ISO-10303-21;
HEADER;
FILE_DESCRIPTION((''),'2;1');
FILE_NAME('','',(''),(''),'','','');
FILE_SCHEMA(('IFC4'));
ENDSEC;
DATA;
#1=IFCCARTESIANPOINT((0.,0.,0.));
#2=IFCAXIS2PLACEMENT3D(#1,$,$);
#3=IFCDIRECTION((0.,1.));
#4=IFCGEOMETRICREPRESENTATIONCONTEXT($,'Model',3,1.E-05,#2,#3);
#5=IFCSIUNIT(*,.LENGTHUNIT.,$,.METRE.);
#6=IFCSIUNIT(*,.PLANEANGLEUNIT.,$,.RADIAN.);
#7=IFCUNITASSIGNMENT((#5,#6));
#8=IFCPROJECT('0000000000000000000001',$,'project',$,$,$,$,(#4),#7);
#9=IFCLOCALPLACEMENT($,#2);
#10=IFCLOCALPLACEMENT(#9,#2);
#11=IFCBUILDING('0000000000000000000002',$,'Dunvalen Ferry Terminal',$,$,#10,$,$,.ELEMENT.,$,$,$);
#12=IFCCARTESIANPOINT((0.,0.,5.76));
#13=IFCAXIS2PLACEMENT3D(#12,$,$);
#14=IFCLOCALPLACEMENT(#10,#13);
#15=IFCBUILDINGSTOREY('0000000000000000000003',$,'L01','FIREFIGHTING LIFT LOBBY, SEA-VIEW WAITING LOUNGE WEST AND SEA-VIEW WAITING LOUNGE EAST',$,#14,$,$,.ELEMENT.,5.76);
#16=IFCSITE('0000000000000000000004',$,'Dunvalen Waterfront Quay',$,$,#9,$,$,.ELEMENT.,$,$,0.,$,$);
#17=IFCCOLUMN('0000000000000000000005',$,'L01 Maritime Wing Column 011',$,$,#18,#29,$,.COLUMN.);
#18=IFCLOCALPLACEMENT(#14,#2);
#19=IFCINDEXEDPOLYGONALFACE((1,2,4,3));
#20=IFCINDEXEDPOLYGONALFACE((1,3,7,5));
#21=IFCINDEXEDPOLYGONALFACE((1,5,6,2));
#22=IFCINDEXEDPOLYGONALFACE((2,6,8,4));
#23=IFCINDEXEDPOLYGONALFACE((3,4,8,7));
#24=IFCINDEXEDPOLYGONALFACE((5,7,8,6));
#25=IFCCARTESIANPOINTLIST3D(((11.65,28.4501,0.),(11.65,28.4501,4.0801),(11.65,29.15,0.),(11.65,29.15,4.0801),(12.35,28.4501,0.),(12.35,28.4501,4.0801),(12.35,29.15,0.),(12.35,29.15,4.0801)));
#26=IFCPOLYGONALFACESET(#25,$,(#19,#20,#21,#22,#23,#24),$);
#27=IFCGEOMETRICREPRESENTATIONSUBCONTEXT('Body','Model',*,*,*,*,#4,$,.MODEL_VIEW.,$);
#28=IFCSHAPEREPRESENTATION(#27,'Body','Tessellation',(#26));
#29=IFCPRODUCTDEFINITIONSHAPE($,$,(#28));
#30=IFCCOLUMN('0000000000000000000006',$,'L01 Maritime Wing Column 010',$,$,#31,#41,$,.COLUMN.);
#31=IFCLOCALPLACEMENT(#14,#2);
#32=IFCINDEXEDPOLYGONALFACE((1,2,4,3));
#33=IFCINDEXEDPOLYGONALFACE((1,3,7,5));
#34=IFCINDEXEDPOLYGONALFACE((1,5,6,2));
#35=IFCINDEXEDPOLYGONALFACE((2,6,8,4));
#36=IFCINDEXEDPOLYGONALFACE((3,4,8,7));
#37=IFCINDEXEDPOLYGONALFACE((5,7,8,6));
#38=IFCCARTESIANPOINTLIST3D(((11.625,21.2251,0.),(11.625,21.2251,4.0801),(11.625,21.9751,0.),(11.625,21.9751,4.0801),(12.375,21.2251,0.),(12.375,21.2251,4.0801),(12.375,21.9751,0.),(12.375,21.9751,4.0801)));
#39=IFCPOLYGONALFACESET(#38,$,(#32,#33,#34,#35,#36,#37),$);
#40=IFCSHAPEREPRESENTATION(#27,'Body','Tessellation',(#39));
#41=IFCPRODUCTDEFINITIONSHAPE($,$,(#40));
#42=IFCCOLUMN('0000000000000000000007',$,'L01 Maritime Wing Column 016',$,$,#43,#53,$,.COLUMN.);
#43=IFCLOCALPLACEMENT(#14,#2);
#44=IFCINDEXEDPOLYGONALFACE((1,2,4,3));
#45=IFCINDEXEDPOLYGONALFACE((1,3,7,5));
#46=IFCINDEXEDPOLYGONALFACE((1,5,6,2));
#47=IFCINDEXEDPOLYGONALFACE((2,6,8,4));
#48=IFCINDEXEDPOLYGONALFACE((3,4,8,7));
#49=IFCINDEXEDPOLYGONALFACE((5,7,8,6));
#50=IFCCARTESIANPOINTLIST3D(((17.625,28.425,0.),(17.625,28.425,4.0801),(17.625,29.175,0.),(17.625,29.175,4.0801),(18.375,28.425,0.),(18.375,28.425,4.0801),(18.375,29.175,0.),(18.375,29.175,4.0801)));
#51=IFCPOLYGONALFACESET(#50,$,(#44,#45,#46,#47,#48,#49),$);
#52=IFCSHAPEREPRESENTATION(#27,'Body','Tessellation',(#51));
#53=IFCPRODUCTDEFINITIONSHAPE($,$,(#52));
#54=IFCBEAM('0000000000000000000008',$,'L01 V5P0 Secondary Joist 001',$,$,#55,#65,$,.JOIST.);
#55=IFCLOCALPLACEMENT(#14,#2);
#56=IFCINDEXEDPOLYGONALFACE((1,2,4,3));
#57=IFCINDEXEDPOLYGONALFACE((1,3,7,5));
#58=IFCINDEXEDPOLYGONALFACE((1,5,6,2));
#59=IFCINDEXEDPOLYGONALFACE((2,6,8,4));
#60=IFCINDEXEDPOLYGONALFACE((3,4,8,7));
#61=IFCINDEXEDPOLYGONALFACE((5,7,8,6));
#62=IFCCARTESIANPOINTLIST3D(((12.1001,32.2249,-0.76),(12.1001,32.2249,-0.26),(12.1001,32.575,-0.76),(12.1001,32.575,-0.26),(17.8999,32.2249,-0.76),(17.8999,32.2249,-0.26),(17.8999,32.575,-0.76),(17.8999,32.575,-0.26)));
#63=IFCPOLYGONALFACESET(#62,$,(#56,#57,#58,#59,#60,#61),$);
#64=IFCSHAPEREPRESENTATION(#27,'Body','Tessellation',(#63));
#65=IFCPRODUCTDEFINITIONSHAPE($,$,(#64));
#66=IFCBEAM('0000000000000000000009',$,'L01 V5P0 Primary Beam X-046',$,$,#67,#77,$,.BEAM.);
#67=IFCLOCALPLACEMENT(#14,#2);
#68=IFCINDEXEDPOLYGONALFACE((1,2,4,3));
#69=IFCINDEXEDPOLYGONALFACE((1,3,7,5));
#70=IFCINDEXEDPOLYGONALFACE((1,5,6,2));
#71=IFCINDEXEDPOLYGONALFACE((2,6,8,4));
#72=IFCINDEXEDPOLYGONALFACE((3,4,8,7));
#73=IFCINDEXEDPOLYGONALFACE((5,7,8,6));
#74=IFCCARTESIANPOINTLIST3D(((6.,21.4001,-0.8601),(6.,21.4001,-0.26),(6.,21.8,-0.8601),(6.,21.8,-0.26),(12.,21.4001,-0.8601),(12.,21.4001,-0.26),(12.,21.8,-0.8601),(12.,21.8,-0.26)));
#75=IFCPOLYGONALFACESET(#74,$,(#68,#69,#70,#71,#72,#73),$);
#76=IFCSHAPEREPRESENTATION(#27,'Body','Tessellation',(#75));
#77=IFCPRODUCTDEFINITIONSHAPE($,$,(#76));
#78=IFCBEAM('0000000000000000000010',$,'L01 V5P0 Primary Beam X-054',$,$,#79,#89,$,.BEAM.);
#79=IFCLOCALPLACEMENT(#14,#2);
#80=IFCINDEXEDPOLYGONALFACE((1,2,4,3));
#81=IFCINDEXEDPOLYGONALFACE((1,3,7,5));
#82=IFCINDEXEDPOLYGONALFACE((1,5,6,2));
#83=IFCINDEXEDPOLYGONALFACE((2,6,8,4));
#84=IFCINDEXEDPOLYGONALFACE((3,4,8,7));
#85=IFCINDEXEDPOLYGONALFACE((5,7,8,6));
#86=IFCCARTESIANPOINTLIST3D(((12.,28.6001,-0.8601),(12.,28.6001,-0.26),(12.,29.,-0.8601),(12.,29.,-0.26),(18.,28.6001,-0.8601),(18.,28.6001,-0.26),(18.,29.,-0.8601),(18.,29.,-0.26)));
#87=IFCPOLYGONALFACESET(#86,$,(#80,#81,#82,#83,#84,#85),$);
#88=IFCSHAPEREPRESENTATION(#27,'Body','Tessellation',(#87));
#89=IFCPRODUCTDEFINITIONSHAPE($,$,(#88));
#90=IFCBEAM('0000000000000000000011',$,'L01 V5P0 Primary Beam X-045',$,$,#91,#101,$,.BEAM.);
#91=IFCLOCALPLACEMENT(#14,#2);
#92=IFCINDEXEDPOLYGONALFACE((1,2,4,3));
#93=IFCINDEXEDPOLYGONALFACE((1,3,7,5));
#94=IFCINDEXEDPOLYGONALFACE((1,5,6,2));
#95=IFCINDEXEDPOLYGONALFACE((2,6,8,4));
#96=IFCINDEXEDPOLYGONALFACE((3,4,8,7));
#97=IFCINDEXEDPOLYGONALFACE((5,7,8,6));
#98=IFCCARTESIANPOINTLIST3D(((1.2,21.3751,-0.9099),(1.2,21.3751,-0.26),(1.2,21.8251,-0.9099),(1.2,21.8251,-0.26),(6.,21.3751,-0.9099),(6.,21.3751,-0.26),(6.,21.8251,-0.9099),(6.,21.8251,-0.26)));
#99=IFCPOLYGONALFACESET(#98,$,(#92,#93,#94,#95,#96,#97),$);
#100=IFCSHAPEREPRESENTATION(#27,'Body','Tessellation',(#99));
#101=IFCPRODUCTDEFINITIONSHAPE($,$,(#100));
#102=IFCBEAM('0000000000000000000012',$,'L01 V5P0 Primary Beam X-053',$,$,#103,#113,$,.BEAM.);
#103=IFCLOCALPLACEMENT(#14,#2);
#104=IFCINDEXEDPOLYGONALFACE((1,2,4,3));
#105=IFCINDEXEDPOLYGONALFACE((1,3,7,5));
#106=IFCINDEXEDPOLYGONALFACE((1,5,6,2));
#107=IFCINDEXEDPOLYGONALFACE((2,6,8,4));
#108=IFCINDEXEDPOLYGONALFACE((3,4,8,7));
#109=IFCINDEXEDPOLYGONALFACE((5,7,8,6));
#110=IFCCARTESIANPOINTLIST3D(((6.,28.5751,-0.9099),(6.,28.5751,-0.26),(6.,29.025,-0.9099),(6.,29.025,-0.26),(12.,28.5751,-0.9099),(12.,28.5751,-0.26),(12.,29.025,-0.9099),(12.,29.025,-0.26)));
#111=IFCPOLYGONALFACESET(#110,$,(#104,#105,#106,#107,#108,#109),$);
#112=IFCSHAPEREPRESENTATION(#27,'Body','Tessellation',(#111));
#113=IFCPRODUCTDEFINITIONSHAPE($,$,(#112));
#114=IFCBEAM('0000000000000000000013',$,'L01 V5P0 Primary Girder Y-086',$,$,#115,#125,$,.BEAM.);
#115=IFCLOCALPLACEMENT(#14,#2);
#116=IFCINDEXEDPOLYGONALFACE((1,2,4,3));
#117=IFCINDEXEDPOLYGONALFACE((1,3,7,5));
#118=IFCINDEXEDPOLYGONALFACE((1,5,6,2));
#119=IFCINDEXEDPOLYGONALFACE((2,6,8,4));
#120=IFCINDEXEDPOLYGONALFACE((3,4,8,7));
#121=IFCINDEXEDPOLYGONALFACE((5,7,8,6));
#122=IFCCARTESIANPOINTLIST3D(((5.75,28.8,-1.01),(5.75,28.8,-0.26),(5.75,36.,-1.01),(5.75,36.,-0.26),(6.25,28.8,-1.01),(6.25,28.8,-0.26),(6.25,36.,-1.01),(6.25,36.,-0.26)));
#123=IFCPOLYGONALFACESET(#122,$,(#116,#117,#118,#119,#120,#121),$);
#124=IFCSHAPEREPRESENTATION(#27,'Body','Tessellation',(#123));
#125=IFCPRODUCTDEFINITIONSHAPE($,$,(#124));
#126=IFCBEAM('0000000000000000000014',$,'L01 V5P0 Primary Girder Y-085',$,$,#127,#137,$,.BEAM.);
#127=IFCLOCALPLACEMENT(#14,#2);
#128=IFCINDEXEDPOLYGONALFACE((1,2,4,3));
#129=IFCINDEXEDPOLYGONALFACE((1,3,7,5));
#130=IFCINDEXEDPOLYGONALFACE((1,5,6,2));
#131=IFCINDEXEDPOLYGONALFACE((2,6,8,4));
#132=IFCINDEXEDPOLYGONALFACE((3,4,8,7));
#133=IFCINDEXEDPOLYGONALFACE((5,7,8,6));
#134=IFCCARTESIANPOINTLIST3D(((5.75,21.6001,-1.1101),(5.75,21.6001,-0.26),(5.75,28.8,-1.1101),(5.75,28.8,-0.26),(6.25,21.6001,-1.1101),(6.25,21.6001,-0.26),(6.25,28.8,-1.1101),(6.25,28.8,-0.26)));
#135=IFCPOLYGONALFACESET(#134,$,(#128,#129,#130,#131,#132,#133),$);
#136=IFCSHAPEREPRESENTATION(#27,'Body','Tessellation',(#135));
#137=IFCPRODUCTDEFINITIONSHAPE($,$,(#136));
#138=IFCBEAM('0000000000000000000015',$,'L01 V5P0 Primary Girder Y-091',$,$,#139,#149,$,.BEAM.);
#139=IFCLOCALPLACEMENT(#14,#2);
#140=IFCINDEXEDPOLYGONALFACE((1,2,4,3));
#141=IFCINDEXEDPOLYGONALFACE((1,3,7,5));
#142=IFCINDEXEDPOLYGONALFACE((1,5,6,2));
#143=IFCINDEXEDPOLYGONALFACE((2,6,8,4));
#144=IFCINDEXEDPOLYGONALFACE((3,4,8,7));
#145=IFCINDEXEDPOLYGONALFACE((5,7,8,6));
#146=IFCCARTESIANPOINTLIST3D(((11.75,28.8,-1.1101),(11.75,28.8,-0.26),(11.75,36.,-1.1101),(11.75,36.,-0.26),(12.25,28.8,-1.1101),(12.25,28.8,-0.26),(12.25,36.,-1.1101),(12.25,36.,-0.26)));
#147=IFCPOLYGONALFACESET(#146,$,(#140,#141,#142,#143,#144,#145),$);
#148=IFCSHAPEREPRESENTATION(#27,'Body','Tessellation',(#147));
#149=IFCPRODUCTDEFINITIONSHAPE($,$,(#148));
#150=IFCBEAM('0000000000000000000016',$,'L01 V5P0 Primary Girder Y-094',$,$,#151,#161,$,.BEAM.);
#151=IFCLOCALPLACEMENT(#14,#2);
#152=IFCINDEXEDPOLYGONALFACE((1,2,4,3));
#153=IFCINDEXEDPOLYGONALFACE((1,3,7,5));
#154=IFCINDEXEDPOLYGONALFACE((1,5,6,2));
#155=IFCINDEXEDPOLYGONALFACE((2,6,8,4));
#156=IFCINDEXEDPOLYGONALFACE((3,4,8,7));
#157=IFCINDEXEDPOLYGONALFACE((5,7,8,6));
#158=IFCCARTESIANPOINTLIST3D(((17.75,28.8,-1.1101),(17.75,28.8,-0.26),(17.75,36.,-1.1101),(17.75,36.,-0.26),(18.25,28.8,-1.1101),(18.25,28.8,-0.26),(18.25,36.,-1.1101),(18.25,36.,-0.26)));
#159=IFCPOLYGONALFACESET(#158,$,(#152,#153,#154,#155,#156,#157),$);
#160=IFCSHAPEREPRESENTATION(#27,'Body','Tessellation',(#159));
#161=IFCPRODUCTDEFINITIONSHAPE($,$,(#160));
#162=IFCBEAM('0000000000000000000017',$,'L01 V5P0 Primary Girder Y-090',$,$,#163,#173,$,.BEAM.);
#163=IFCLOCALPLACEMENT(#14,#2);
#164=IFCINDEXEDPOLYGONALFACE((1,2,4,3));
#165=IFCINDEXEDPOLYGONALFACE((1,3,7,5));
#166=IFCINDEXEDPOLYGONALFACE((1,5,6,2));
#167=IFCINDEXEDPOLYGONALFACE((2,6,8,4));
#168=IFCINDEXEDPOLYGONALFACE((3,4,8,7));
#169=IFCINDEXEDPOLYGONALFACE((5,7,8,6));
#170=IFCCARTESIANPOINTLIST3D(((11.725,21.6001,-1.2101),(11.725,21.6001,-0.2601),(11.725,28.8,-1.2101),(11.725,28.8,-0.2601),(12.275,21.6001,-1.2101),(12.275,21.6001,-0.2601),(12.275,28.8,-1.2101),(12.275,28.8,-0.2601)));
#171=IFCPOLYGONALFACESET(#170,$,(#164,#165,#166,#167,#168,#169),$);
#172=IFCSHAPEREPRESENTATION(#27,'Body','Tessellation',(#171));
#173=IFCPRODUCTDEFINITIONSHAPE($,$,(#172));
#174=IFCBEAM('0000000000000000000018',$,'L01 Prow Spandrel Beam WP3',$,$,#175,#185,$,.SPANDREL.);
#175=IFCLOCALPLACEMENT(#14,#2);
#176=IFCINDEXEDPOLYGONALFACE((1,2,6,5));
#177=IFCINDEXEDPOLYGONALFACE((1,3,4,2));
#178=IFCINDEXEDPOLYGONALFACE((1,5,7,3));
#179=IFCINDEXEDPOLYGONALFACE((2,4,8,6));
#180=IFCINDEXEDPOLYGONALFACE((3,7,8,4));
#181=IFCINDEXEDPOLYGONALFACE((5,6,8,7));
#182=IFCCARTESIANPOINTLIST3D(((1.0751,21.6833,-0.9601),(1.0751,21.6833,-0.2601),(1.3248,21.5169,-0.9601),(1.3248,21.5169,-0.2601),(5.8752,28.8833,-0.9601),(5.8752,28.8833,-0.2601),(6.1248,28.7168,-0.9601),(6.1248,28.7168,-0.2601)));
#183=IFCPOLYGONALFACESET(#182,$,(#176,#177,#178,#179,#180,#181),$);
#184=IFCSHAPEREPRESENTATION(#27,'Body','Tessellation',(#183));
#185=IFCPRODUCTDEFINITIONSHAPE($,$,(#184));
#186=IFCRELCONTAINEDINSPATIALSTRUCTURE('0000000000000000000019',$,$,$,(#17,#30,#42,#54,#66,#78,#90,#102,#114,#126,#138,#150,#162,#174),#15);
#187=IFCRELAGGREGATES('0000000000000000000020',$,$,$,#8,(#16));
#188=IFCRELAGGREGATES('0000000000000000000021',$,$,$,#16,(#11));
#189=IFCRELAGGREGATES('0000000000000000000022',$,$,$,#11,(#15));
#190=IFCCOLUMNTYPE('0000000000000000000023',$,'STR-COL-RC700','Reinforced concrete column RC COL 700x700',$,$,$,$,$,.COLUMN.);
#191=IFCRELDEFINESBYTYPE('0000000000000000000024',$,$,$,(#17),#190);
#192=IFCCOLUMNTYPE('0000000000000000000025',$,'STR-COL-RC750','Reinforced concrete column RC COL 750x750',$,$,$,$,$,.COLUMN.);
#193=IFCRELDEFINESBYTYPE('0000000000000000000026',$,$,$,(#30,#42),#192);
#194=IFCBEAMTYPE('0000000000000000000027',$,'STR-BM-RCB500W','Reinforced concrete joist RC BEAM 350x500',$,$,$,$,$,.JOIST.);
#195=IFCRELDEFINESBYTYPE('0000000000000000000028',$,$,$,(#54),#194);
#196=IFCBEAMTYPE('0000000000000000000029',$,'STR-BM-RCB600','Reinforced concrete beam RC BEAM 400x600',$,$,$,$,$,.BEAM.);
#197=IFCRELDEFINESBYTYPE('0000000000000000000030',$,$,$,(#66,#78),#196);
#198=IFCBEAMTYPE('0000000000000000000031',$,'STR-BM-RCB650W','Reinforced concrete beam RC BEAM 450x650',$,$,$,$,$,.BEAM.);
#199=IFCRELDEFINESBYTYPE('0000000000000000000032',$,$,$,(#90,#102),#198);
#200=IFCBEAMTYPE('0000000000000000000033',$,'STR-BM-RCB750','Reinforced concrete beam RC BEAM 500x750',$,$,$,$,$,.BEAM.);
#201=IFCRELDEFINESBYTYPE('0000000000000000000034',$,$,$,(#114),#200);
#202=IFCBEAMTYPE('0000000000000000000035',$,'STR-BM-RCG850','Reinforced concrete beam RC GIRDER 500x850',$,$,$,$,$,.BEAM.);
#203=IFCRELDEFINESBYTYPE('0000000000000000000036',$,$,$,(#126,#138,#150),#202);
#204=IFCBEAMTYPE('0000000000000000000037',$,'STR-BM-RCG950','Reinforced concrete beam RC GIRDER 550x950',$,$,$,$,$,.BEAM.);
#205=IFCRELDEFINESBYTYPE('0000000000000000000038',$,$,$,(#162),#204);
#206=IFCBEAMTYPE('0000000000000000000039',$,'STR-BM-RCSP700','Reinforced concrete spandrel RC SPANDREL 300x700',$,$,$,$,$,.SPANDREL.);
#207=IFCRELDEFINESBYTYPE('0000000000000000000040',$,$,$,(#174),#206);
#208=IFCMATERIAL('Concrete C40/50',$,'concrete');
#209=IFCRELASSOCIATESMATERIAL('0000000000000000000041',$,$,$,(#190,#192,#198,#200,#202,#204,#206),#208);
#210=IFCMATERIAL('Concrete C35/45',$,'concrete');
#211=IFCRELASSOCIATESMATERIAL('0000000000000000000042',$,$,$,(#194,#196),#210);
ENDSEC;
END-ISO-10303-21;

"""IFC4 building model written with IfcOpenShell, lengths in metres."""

from ifc_helpers import new_model, si_unit, direction, frame, origin, origin_2d, place, context, subcontext, project, spatial, rectangle, extrude, material, material_profile, profile_set, type_object, element, save


model = new_model("IFC4")

# Units and contexts
model_context = context("Model", 3, precision=1e-05, world=origin(), true_north=direction((0.0, 1.0)))
body_context = subcontext(model_context, "Body", "Model", "MODEL_VIEW")
ifc_project = project(units=[si_unit("LENGTHUNIT", "METRE"), si_unit("PLANEANGLEUNIT", "RADIAN")], contexts=[model_context])

# Site, building, storey
site_placement = place(None, origin())
site = spatial("IfcSite", under=ifc_project, at=site_placement, Name="Dunvalen Waterfront Quay", CompositionType="ELEMENT", RefElevation=0.0)
building_placement = place(site_placement, origin())
building = spatial("IfcBuilding", under=site, at=building_placement, Name="Dunvalen Ferry Terminal", CompositionType="ELEMENT")
storey_placement = place(building_placement, frame((0.0, 0.0, 5.76)))
storey = spatial("IfcBuildingStorey", under=building, at=storey_placement, Name="L01", Description="FIREFIGHTING LIFT LOBBY, SEA-VIEW WAITING LOUNGE WEST AND SEA-VIEW WAITING LOUNGE EAST", CompositionType="ELEMENT", Elevation=5.76)

# Columns
ifc_material_1 = material(Name="Concrete C40/50", Category="concrete")
ifc_material_profile_1 = material_profile(ifc_material_1, rectangle(XDim=0.7, YDim=0.7, at=origin_2d()), Name="Concrete C40/50")
ifc_profile_set_1 = profile_set([ifc_material_profile_1], Name="Concrete C40/50")
column_type_1 = type_object("IfcColumnType", Name="STR-COL-RC700", Description="Reinforced concrete column RC COL 700x700", PredefinedType="COLUMN", material=ifc_profile_set_1)
column_placement = place(storey_placement, frame((12.0, 28.8, 0.0), z_axis=(0.0, 0.0, 1.0), x_axis=(1.0, 0.0, 0.0)))
element("IfcColumn", 1, at=column_placement, inside=storey, type_object=column_type_1, Name="L01 Maritime Wing Column 011", PredefinedType="COLUMN", context=body_context, shape_type="SweptSolid", body=[
    extrude(rectangle(XDim=0.7, YDim=0.7, at=origin_2d()), origin(), (0.0, 0.0, 1.0), 4.0801),
])
ifc_material_profile_2 = material_profile(ifc_material_1, rectangle(XDim=0.75, YDim=0.75, at=origin_2d()), Name="Concrete C40/50")
ifc_profile_set_2 = profile_set([ifc_material_profile_2], Name="Concrete C40/50")
column_type_2 = type_object("IfcColumnType", Name="STR-COL-RC750", Description="Reinforced concrete column RC COL 750x750", PredefinedType="COLUMN", material=ifc_profile_set_2)
for number, where, z_axis, x_axis, name in (
    (2, (12.0, 21.6001, 0.0), (0.0, 0.0, 1.0), (1.0, 0.0, 0.0), "L01 Maritime Wing Column 010"),
    (3, (18.0, 28.8, 0.0), (0.0, 0.0, 1.0), (1.0, 0.0, 0.0), "L01 Maritime Wing Column 016"),
):
    element("IfcColumn", number, at=place(storey_placement, frame(where, z_axis=z_axis, x_axis=x_axis)), inside=storey, type_object=column_type_2, Name=name, PredefinedType="COLUMN", context=body_context, shape_type="SweptSolid", body=[
        extrude(rectangle(XDim=0.75, YDim=0.75, at=origin_2d()), origin(), (0.0, 0.0, 1.0), 4.0801),
    ])

# Beams
ifc_material_2 = material(Name="Concrete C35/45", Category="concrete")
ifc_material_profile_3 = material_profile(ifc_material_2, rectangle(XDim=0.3501, YDim=0.5, at=origin_2d()), Name="Concrete C35/45")
ifc_profile_set_3 = profile_set([ifc_material_profile_3], Name="Concrete C35/45")
beam_type_1 = type_object("IfcBeamType", Name="STR-BM-RCB500W", Description="Reinforced concrete joist RC BEAM 350x500", PredefinedType="JOIST", material=ifc_profile_set_3)
beam_1_placement = place(storey_placement, frame((12.1001, 32.3999, -0.51), z_axis=(1.0, 0.0, 0.0), x_axis=(0.0, 1.0, 0.0)))
element("IfcBeam", 4, at=beam_1_placement, inside=storey, type_object=beam_type_1, Name="L01 V5P0 Secondary Joist 001", PredefinedType="JOIST", context=body_context, shape_type="SweptSolid", body=[
    extrude(rectangle(XDim=0.3501, YDim=0.5, at=origin_2d()), origin(), (0.0, 0.0, 1.0), 5.7998),
])
ifc_material_profile_4 = material_profile(ifc_material_2, rectangle(XDim=0.3999, YDim=0.6001, at=origin_2d()), Name="Concrete C35/45")
ifc_profile_set_4 = profile_set([ifc_material_profile_4], Name="Concrete C35/45")
beam_type_2 = type_object("IfcBeamType", Name="STR-BM-RCB600", Description="Reinforced concrete beam RC BEAM 400x600", PredefinedType="BEAM", material=ifc_profile_set_4)
for number, where, z_axis, x_axis, name in (
    (5, (6.0, 21.6001, -0.5601), (1.0, 0.0, 0.0), (0.0, 1.0, 0.0), "L01 V5P0 Primary Beam X-046"),
    (6, (12.0, 28.8, -0.5601), (1.0, 0.0, 0.0), (0.0, 1.0, 0.0), "L01 V5P0 Primary Beam X-054"),
):
    element("IfcBeam", number, at=place(storey_placement, frame(where, z_axis=z_axis, x_axis=x_axis)), inside=storey, type_object=beam_type_2, Name=name, PredefinedType="BEAM", context=body_context, shape_type="SweptSolid", body=[
        extrude(rectangle(XDim=0.3999, YDim=0.6001, at=origin_2d()), origin(), (0.0, 0.0, 1.0), 6.0),
    ])
ifc_material_profile_5 = material_profile(ifc_material_1, rectangle(XDim=0.45, YDim=0.6499, at=origin_2d()), Name="Concrete C40/50")
ifc_profile_set_5 = profile_set([ifc_material_profile_5], Name="Concrete C40/50")
beam_type_3 = type_object("IfcBeamType", Name="STR-BM-RCB650W", Description="Reinforced concrete beam RC BEAM 450x650", PredefinedType="BEAM", material=ifc_profile_set_5)
beam_2_placement = place(storey_placement, frame((1.2, 21.6001, -0.585), z_axis=(1.0, 0.0, 0.0), x_axis=(0.0, 1.0, 0.0)))
element("IfcBeam", 7, at=beam_2_placement, inside=storey, type_object=beam_type_3, Name="L01 V5P0 Primary Beam X-045", PredefinedType="BEAM", context=body_context, shape_type="SweptSolid", body=[
    extrude(rectangle(XDim=0.45, YDim=0.6499, at=origin_2d()), origin(), (0.0, 0.0, 1.0), 4.8),
])
beam_3_placement = place(storey_placement, frame((6.0, 28.8, -0.585), z_axis=(1.0, 0.0, 0.0), x_axis=(0.0, 1.0, 0.0)))
element("IfcBeam", 8, at=beam_3_placement, inside=storey, type_object=beam_type_3, Name="L01 V5P0 Primary Beam X-053", PredefinedType="BEAM", context=body_context, shape_type="SweptSolid", body=[
    extrude(rectangle(XDim=0.45, YDim=0.6499, at=origin_2d()), origin(), (0.0, 0.0, 1.0), 6.0),
])
ifc_material_profile_6 = material_profile(ifc_material_1, rectangle(XDim=0.5, YDim=0.75, at=origin_2d()), Name="Concrete C40/50")
ifc_profile_set_6 = profile_set([ifc_material_profile_6], Name="Concrete C40/50")
beam_type_4 = type_object("IfcBeamType", Name="STR-BM-RCB750", Description="Reinforced concrete beam RC BEAM 500x750", PredefinedType="BEAM", material=ifc_profile_set_6)
beam_4_placement = place(storey_placement, frame((6.0, 28.8, -0.635), z_axis=(0.0, 1.0, 0.0), x_axis=(-1.0, 0.0, 0.0)))
element("IfcBeam", 9, at=beam_4_placement, inside=storey, type_object=beam_type_4, Name="L01 V5P0 Primary Girder Y-086", PredefinedType="BEAM", context=body_context, shape_type="SweptSolid", body=[
    extrude(rectangle(XDim=0.5, YDim=0.75, at=origin_2d()), origin(), (0.0, 0.0, 1.0), 7.2),
])
ifc_material_profile_7 = material_profile(ifc_material_1, rectangle(XDim=0.5, YDim=0.8501, at=origin_2d()), Name="Concrete C40/50")
ifc_profile_set_7 = profile_set([ifc_material_profile_7], Name="Concrete C40/50")
beam_type_5 = type_object("IfcBeamType", Name="STR-BM-RCG850", Description="Reinforced concrete beam RC GIRDER 500x850", PredefinedType="BEAM", material=ifc_profile_set_7)
for number, where, z_axis, x_axis, name in (
    (10, (6.0, 21.6001, -0.6851), (0.0, 1.0, 0.0), (-1.0, 0.0, 0.0), "L01 V5P0 Primary Girder Y-085"),
    (11, (12.0, 28.8, -0.6851), (0.0, 1.0, 0.0), (-1.0, 0.0, 0.0), "L01 V5P0 Primary Girder Y-091"),
    (12, (18.0, 28.8, -0.6851), (0.0, 1.0, 0.0), (-1.0, 0.0, 0.0), "L01 V5P0 Primary Girder Y-094"),
):
    element("IfcBeam", number, at=place(storey_placement, frame(where, z_axis=z_axis, x_axis=x_axis)), inside=storey, type_object=beam_type_5, Name=name, PredefinedType="BEAM", context=body_context, shape_type="SweptSolid", body=[
        extrude(rectangle(XDim=0.5, YDim=0.8501, at=origin_2d()), origin(), (0.0, 0.0, 1.0), 7.2),
    ])
ifc_material_profile_8 = material_profile(ifc_material_1, rectangle(XDim=0.55, YDim=0.95, at=origin_2d()), Name="Concrete C40/50")
ifc_profile_set_8 = profile_set([ifc_material_profile_8], Name="Concrete C40/50")
beam_type_6 = type_object("IfcBeamType", Name="STR-BM-RCG950", Description="Reinforced concrete beam RC GIRDER 550x950", PredefinedType="BEAM", material=ifc_profile_set_8)
beam_5_placement = place(storey_placement, frame((12.0, 21.6001, -0.7351), z_axis=(0.0, 1.0, 0.0), x_axis=(-1.0, 0.0, 0.0)))
element("IfcBeam", 13, at=beam_5_placement, inside=storey, type_object=beam_type_6, Name="L01 V5P0 Primary Girder Y-090", PredefinedType="BEAM", context=body_context, shape_type="SweptSolid", body=[
    extrude(rectangle(XDim=0.55, YDim=0.95, at=origin_2d()), origin(), (0.0, 0.0, 1.0), 7.2),
])
ifc_material_profile_9 = material_profile(ifc_material_1, rectangle(XDim=0.3, YDim=0.7, at=origin_2d()), Name="Concrete C40/50")
ifc_profile_set_9 = profile_set([ifc_material_profile_9], Name="Concrete C40/50")
beam_type_7 = type_object("IfcBeamType", Name="STR-BM-RCSP700", Description="Reinforced concrete spandrel RC SPANDREL 300x700", PredefinedType="SPANDREL", material=ifc_profile_set_9)
beam_6_placement = place(storey_placement, frame((1.2, 21.6001, -0.6101), z_axis=(0.554707, 0.832046, 0.0), x_axis=(-0.832046, 0.554707, 0.0)))
element("IfcBeam", 14, at=beam_6_placement, inside=storey, type_object=beam_type_7, Name="L01 Prow Spandrel Beam WP3", PredefinedType="SPANDREL", context=body_context, shape_type="SweptSolid", body=[
    extrude(rectangle(XDim=0.3, YDim=0.7, at=origin_2d()), origin(), (0.0, 0.0, 1.0), 8.6533),
])

save(model, "model.ifc")
